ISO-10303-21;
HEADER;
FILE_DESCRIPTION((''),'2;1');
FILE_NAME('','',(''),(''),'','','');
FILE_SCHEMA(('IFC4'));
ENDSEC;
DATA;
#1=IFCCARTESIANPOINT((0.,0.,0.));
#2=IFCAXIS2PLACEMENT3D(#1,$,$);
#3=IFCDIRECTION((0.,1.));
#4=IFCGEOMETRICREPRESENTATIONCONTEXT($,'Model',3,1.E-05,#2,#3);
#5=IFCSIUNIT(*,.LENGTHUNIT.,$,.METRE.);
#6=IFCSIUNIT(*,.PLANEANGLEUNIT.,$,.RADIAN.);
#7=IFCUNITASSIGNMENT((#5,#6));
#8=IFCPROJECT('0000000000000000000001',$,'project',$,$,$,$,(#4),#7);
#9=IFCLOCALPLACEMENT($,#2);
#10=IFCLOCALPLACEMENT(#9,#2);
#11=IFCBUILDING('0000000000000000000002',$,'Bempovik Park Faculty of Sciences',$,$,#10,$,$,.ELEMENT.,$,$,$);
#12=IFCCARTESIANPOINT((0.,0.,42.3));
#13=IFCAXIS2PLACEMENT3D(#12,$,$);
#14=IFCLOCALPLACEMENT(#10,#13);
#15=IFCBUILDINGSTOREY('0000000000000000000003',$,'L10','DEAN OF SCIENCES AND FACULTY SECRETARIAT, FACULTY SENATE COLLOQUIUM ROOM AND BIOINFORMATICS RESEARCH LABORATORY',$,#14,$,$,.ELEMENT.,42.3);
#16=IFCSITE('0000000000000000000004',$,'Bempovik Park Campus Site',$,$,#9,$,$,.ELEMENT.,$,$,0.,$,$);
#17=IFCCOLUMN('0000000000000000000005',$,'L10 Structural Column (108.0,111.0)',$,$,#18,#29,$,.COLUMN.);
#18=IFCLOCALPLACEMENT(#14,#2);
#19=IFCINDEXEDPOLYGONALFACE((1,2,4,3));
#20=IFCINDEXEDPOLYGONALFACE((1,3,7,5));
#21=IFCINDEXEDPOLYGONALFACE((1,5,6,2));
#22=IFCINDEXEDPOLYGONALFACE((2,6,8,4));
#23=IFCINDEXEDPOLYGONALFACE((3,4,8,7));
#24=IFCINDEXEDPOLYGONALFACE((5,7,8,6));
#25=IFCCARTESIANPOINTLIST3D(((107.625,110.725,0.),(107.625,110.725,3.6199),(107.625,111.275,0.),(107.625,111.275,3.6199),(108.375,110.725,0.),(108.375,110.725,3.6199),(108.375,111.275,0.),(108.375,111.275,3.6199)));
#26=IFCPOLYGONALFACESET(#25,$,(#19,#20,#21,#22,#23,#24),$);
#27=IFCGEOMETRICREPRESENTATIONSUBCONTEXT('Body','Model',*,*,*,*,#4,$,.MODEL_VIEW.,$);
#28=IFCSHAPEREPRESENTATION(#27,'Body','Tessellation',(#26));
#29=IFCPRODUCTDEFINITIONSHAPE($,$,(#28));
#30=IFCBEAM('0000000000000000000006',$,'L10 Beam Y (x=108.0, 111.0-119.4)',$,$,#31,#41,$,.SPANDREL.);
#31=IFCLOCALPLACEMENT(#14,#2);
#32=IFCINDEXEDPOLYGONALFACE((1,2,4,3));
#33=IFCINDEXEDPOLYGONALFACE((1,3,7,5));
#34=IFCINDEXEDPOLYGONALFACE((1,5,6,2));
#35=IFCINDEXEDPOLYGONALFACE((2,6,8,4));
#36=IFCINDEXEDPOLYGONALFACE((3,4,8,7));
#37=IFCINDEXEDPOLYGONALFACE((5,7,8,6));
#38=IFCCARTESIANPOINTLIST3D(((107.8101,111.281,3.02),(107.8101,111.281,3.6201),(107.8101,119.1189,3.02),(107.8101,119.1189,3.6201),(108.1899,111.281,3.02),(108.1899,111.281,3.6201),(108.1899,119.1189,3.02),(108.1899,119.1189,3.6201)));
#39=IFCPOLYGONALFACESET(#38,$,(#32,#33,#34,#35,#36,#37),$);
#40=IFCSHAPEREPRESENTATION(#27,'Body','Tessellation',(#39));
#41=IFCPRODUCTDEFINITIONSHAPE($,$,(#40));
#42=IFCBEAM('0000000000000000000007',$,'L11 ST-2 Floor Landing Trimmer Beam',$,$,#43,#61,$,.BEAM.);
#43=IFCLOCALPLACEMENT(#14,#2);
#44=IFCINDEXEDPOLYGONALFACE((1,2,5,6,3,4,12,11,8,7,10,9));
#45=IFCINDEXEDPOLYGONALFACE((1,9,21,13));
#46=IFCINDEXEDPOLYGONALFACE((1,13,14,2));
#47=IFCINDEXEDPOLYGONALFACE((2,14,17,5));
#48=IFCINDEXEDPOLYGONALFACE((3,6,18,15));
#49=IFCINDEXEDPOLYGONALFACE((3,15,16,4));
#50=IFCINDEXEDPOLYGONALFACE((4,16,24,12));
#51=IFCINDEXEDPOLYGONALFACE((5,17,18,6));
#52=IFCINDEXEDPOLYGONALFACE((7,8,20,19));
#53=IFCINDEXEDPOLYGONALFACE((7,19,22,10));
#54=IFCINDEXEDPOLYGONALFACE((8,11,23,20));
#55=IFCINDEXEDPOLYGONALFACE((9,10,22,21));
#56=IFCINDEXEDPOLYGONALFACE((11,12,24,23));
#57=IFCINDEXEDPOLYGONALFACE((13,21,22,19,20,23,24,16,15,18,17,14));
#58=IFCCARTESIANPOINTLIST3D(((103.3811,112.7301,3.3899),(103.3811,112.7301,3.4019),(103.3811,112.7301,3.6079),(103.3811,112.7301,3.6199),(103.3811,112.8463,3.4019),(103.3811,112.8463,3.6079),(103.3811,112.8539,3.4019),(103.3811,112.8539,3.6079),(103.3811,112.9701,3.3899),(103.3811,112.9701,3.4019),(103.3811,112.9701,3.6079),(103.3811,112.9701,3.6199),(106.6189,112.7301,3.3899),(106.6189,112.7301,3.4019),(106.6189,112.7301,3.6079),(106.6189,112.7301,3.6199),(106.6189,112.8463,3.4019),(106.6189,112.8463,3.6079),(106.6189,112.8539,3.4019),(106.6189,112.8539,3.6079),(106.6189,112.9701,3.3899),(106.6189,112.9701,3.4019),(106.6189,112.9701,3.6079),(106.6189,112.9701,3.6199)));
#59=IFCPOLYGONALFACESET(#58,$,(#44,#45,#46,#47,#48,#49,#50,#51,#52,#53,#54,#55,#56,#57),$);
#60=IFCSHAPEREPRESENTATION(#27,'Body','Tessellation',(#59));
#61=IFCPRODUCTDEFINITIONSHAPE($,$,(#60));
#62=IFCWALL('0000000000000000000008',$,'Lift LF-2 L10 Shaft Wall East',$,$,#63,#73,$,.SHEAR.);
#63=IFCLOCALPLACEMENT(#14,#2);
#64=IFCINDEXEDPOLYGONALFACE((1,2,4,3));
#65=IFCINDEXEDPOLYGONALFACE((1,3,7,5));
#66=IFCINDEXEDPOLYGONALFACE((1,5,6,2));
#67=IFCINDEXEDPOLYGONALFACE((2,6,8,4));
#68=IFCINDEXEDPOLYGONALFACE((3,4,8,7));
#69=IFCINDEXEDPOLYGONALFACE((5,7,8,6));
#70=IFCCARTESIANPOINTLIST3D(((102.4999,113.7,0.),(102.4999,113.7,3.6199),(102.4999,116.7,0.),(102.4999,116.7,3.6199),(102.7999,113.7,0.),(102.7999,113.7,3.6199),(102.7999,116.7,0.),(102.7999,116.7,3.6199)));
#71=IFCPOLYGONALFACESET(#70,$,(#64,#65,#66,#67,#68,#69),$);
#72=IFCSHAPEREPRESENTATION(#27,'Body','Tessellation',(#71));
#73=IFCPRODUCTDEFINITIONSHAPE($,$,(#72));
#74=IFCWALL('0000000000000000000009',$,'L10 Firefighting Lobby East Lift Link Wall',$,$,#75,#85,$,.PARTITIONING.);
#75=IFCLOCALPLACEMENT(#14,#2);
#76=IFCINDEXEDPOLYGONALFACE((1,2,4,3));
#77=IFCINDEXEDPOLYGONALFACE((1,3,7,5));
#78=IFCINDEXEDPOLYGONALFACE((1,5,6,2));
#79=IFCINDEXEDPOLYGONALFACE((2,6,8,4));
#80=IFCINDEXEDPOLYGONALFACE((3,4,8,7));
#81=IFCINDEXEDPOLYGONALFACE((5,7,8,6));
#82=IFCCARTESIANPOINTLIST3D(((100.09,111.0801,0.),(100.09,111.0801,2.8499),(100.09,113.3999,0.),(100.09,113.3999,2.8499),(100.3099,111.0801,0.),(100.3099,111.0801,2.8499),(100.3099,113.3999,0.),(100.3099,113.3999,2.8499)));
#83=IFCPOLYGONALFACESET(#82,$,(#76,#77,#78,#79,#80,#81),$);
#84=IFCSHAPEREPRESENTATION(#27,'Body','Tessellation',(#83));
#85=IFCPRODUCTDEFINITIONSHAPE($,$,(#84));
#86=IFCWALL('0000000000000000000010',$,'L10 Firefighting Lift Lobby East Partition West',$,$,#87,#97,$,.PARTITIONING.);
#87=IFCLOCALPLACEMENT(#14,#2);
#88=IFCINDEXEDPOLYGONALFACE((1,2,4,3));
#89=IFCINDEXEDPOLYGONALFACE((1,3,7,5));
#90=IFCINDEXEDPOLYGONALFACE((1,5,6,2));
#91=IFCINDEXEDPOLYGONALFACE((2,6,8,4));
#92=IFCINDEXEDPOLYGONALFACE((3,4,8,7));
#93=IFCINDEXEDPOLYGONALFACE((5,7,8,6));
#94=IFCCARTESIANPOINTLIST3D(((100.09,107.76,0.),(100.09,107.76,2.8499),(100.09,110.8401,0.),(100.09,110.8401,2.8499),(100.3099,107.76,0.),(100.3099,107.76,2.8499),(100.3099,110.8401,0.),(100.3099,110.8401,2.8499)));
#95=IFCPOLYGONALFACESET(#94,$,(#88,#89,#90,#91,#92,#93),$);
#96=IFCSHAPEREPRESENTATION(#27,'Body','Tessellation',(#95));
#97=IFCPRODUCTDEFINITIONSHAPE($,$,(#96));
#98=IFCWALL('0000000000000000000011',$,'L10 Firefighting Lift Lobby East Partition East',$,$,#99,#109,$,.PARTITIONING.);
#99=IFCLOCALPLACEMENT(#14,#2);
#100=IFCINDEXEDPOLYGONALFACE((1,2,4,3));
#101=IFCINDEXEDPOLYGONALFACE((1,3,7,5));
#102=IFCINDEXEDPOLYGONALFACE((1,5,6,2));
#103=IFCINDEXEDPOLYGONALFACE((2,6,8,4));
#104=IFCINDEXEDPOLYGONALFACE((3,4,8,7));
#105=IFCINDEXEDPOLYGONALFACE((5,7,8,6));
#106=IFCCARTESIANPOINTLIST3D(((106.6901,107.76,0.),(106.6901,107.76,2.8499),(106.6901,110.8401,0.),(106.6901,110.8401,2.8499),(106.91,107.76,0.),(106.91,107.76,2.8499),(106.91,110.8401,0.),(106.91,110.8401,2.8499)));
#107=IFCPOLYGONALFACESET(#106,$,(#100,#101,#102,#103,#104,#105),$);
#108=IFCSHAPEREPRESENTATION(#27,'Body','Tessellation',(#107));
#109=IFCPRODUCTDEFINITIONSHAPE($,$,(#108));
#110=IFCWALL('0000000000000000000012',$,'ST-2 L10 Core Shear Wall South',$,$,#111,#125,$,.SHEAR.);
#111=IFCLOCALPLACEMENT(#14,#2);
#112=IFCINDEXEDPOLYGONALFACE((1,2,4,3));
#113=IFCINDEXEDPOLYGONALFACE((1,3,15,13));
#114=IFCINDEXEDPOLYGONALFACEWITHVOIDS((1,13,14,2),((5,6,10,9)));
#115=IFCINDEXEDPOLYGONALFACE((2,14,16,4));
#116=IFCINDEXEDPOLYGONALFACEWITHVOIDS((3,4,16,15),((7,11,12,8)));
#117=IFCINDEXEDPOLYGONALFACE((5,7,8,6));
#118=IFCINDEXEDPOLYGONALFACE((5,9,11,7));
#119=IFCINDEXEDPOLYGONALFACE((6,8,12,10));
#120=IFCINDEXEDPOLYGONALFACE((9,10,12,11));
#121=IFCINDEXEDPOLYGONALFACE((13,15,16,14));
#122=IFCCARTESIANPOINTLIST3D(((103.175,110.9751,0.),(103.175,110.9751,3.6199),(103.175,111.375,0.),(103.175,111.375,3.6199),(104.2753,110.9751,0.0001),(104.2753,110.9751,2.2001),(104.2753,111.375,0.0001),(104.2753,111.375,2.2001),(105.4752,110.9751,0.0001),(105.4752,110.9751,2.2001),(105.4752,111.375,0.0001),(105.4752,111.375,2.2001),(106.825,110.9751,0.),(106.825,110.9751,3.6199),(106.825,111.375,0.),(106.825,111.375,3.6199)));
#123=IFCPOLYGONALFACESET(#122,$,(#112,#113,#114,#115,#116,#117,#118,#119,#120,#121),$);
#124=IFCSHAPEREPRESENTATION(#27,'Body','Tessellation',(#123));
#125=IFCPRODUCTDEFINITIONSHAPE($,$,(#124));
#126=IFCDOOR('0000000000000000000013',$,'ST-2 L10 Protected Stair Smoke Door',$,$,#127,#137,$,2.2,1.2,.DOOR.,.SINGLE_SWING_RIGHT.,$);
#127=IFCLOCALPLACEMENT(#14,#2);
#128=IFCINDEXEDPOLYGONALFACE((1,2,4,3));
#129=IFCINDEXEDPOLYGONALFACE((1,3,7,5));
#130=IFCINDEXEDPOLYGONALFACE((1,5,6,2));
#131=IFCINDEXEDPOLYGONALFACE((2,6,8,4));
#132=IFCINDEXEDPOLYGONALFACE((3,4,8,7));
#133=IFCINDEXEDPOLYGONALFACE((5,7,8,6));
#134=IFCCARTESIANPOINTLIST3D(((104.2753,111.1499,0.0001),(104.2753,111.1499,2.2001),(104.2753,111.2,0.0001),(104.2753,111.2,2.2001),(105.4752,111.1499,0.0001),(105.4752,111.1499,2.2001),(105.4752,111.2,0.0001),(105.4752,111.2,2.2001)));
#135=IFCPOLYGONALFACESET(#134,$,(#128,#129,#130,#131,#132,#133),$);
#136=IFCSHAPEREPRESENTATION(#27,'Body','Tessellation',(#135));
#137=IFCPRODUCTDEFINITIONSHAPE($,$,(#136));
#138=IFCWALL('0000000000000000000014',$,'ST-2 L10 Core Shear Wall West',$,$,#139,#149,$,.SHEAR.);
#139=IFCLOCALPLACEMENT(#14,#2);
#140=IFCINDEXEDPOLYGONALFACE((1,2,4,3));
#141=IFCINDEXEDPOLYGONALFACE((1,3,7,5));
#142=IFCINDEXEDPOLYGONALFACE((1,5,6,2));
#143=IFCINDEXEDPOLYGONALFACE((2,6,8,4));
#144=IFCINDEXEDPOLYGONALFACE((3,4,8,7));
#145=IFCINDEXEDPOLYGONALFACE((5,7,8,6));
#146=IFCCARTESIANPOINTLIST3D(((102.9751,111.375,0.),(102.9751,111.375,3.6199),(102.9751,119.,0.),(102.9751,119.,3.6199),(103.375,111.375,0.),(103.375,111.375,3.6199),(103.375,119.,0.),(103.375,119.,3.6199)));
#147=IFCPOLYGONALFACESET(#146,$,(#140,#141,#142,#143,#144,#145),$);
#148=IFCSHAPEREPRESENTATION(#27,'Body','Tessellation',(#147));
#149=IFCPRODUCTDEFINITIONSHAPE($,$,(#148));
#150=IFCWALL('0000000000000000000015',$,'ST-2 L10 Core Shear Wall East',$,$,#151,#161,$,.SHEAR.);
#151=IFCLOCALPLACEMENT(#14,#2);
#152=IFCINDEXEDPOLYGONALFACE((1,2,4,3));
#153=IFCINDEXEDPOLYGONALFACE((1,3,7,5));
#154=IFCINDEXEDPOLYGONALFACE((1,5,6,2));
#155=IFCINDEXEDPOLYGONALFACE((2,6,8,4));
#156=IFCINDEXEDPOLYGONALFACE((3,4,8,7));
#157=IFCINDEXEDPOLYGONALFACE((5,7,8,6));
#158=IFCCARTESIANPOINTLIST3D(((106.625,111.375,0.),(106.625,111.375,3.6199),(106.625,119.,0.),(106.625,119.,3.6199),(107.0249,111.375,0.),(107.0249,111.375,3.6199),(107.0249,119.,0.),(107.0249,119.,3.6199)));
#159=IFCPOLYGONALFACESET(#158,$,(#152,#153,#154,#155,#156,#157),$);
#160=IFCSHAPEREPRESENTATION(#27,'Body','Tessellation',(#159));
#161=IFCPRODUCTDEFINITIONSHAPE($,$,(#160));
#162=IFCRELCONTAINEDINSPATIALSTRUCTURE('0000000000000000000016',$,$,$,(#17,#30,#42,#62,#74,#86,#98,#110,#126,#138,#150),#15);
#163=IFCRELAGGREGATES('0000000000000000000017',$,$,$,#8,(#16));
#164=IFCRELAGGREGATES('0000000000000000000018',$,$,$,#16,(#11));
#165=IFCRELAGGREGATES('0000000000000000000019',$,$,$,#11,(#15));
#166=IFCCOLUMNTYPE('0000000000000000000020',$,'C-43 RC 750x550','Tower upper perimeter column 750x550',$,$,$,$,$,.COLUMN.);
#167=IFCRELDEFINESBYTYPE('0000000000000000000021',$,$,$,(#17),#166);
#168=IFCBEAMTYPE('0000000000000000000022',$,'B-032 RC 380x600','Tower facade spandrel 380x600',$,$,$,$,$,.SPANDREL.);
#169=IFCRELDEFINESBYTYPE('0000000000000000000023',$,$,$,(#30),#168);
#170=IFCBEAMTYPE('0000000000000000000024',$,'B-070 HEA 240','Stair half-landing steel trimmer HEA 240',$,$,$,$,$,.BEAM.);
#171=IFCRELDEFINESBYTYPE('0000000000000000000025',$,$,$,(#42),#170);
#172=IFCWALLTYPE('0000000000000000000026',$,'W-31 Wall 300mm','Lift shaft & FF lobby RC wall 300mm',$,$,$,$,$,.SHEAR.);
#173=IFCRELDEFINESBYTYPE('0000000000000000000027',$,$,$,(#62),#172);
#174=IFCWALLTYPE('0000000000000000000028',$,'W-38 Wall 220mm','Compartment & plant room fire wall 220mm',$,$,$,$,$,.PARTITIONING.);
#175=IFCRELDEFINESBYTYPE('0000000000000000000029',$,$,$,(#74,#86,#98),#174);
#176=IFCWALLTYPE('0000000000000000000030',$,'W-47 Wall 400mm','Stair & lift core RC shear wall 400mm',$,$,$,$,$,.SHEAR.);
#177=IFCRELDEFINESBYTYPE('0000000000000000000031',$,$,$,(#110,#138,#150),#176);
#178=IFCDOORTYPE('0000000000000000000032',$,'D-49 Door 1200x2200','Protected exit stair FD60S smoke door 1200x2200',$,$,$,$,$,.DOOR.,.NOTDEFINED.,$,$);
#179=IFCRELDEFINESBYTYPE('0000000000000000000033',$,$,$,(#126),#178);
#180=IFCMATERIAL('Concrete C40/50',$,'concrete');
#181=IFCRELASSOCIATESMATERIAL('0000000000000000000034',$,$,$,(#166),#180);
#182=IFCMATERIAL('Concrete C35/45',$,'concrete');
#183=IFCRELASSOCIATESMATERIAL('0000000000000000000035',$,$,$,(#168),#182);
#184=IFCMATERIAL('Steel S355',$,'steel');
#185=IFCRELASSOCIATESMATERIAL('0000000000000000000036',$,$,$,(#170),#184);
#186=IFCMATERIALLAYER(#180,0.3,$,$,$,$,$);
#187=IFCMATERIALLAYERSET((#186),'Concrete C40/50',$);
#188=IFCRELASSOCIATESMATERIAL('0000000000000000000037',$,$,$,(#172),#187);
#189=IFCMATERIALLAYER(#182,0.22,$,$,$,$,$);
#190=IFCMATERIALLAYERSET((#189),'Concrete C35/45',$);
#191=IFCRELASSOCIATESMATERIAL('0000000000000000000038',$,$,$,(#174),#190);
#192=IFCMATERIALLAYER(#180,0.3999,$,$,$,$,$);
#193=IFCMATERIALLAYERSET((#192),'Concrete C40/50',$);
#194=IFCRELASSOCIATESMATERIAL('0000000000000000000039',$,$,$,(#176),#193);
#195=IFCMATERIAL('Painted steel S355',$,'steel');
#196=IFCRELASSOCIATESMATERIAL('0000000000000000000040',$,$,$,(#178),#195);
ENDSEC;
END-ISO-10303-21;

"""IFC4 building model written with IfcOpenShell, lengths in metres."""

from ifc_helpers import new_model, si_unit, direction, frame, frame_2d, origin, origin_2d, place, context, subcontext, project, spatial, rectangle, i_section, extrude, material, layer, layer_set, material_profile, profile_set, type_object, element, fill, save


model = new_model("IFC4")

# Units and contexts
model_context = context("Model", 3, precision=1e-05, world=origin(), true_north=direction((0.0, 1.0)))
body_context = subcontext(model_context, "Body", "Model", "MODEL_VIEW")
ifc_project = project(units=[si_unit("LENGTHUNIT", "METRE"), si_unit("PLANEANGLEUNIT", "RADIAN")], contexts=[model_context])

# Site, building, storey
site_placement = place(None, origin())
site = spatial("IfcSite", under=ifc_project, at=site_placement, Name="Bempovik Park Campus Site", CompositionType="ELEMENT", RefElevation=0.0)
building_placement = place(site_placement, origin())
building = spatial("IfcBuilding", under=site, at=building_placement, Name="Bempovik Park Faculty of Sciences", CompositionType="ELEMENT")
storey_placement = place(building_placement, frame((0.0, 0.0, 42.3)))
storey = spatial("IfcBuildingStorey", under=building, at=storey_placement, Name="L10", Description="DEAN OF SCIENCES AND FACULTY SECRETARIAT, FACULTY SENATE COLLOQUIUM ROOM AND BIOINFORMATICS RESEARCH LABORATORY", CompositionType="ELEMENT", Elevation=42.3)

# Column
ifc_material_1 = material(Name="Concrete C40/50", Category="concrete")
ifc_material_profile_1 = material_profile(ifc_material_1, rectangle(XDim=0.75, YDim=0.55, at=origin_2d()), Name="RC 750x550")
ifc_profile_set_1 = profile_set([ifc_material_profile_1], Name="Concrete C40/50")
column_type = type_object("IfcColumnType", Name="C-43 RC 750x550", Description="Tower upper perimeter column 750x550", PredefinedType="COLUMN", material=ifc_profile_set_1)
column_placement = place(storey_placement, frame((108.0, 111.0, 0.0), z_axis=(0.0, 0.0, 1.0), x_axis=(1.0, 0.0, 0.0)))
element("IfcColumn", 1, at=column_placement, inside=storey, type_object=column_type, Name="L10 Structural Column (108.0,111.0)", PredefinedType="COLUMN", context=body_context, shape_type="SweptSolid", body=[
    extrude(rectangle(XDim=0.75, YDim=0.55, at=origin_2d()), origin(), (0.0, 0.0, 1.0), 3.6199),
])

# Beams
ifc_material_2 = material(Name="Concrete C35/45", Category="concrete")
ifc_material_profile_2 = material_profile(ifc_material_2, rectangle(XDim=0.3799, YDim=0.6001, at=origin_2d()), Name="RC 380x600")
ifc_profile_set_2 = profile_set([ifc_material_profile_2], Name="Concrete C35/45")
beam_type_1 = type_object("IfcBeamType", Name="B-032 RC 380x600", Description="Tower facade spandrel 380x600", PredefinedType="SPANDREL", material=ifc_profile_set_2)
beam_1_placement = place(storey_placement, frame((108.0, 111.281, 3.3201), z_axis=(0.0, 1.0, 0.0), x_axis=(-1.0, 0.0, 0.0)))
element("IfcBeam", 2, at=beam_1_placement, inside=storey, type_object=beam_type_1, Name="L10 Beam Y (x=108.0, 111.0-119.4)", PredefinedType="SPANDREL", context=body_context, shape_type="SweptSolid", body=[
    extrude(rectangle(XDim=0.3799, YDim=0.6001, at=origin_2d()), origin(), (0.0, 0.0, 1.0), 7.8379),
])
ifc_material_3 = material(Name="Steel S355", Category="steel")
ifc_material_profile_3 = material_profile(ifc_material_3, i_section(OverallWidth=0.24, OverallDepth=0.23, WebThickness=0.0076, FlangeThickness=0.012, at=origin_2d()), Name="HEA 240")
ifc_profile_set_3 = profile_set([ifc_material_profile_3], Name="Steel S355")
beam_type_2 = type_object("IfcBeamType", Name="B-070 HEA 240", Description="Stair half-landing steel trimmer HEA 240", PredefinedType="BEAM", material=ifc_profile_set_3)
beam_2_placement = place(storey_placement, frame((103.3811, 112.8501, 3.5049), z_axis=(1.0, 0.0, 0.0), x_axis=(0.0, 1.0, 0.0)))
element("IfcBeam", 3, at=beam_2_placement, inside=storey, type_object=beam_type_2, Name="L11 ST-2 Floor Landing Trimmer Beam", PredefinedType="BEAM", context=body_context, shape_type="SweptSolid", body=[
    extrude(i_section(OverallWidth=0.24, OverallDepth=0.23, WebThickness=0.0076, FlangeThickness=0.012, at=origin_2d()), origin(), (0.0, 0.0, 1.0), 3.2378),
])

# Walls
ifc_layer_1 = layer(ifc_material_1, 0.3)
ifc_layer_set_1 = layer_set([ifc_layer_1], Name="Concrete C40/50")
wall_type_1 = type_object("IfcWallType", Name="W-31 Wall 300mm", Description="Lift shaft & FF lobby RC wall 300mm", PredefinedType="SHEAR", material=ifc_layer_set_1)
wall_1_placement = place(storey_placement, frame((102.6499, 113.7, 0.0), z_axis=(0.0, 0.0, 1.0), x_axis=(0.0, 1.0, 0.0)))
element("IfcWall", 4, at=wall_1_placement, inside=storey, type_object=wall_type_1, Name="Lift LF-2 L10 Shaft Wall East", PredefinedType="SHEAR", context=body_context, shape_type="SweptSolid", body=[
    extrude(rectangle(XDim=3.0, YDim=0.3, at=frame_2d((1.5, 0.0))), origin(), (0.0, 0.0, 1.0), 3.6199),
])
ifc_layer_2 = layer(ifc_material_2, 0.22)
ifc_layer_set_2 = layer_set([ifc_layer_2], Name="Concrete C35/45")
wall_type_2 = type_object("IfcWallType", Name="W-38 Wall 220mm", Description="Compartment & plant room fire wall 220mm", PredefinedType="PARTITIONING", material=ifc_layer_set_2)
wall_2_placement = place(storey_placement, frame((100.2, 111.0801, 0.0), z_axis=(0.0, 0.0, 1.0), x_axis=(0.0, 1.0, 0.0)))
element("IfcWall", 5, at=wall_2_placement, inside=storey, type_object=wall_type_2, Name="L10 Firefighting Lobby East Lift Link Wall", PredefinedType="PARTITIONING", context=body_context, shape_type="SweptSolid", body=[
    extrude(rectangle(XDim=2.3198, YDim=0.22, at=frame_2d((1.1599, 0.0))), origin(), (0.0, 0.0, 1.0), 2.8499),
])
for number, where, z_axis, x_axis, name in (
    (6, (100.2, 107.76, 0.0), (0.0, 0.0, 1.0), (0.0, 1.0, 0.0), "L10 Firefighting Lift Lobby East Partition West"),
    (7, (106.8, 107.76, 0.0), (0.0, 0.0, 1.0), (0.0, 1.0, 0.0), "L10 Firefighting Lift Lobby East Partition East"),
):
    element("IfcWall", number, at=place(storey_placement, frame(where, z_axis=z_axis, x_axis=x_axis)), inside=storey, type_object=wall_type_2, Name=name, PredefinedType="PARTITIONING", context=body_context, shape_type="SweptSolid", body=[
        extrude(rectangle(XDim=3.0801, YDim=0.22, at=frame_2d((1.54, 0.0))), origin(), (0.0, 0.0, 1.0), 2.8499),
    ])

# Wall, opening, door
ifc_layer_3 = layer(ifc_material_1, 0.3999)
ifc_layer_set_3 = layer_set([ifc_layer_3], Name="Concrete C40/50")
wall_type_3 = type_object("IfcWallType", Name="W-47 Wall 400mm", Description="Stair & lift core RC shear wall 400mm", PredefinedType="SHEAR", material=ifc_layer_set_3)
wall_3_placement = place(storey_placement, frame((103.175, 111.175, 0.0), z_axis=(0.0, 0.0, 1.0), x_axis=(1.0, 0.0, 0.0)))
wall_3 = element("IfcWall", 8, at=wall_3_placement, inside=storey, type_object=wall_type_3, Name="ST-2 L10 Core Shear Wall South", PredefinedType="SHEAR", context=body_context, shape_type="SweptSolid", body=[
    extrude(rectangle(XDim=3.6499, YDim=0.3999, at=frame_2d((1.825, 0.0))), origin(), (0.0, 0.0, 1.0), 3.6199),
])
opening_1_placement = place(wall_3_placement, frame((1.1001, 0.0, 0.0)))
opening_1 = element("IfcOpeningElement", 9, at=opening_1_placement, cuts=wall_3, PredefinedType="OPENING", context=body_context, shape_type="SweptSolid", body=[
    extrude(rectangle(XDim=1.2, YDim=2.2, at=frame_2d((0.6001, 1.1001))), frame((0.0, 0.21, 0.0), z_axis=(0.0, -1.0, 0.0), x_axis=(1.0, 0.0, 0.0)), (0.0, 0.0, 1.0), 0.4199),
])
ifc_material_4 = material(Name="Painted steel S355", Category="steel")
door_type = type_object("IfcDoorType", Name="D-49 Door 1200x2200", Description="Protected exit stair FD60S smoke door 1200x2200", OperationType="NOTDEFINED", PredefinedType="DOOR", material=ifc_material_4)
door_placement = place(opening_1_placement, origin())
door = element("IfcDoor", 10, at=door_placement, inside=storey, type_object=door_type, Name="ST-2 L10 Protected Stair Smoke Door", OperationType="SINGLE_SWING_RIGHT", OverallHeight=2.2, OverallWidth=1.2, PredefinedType="DOOR", context=body_context, shape_type="SweptSolid", body=[
    extrude(rectangle(XDim=1.2, YDim=2.2, at=frame_2d((0.6001, 1.1001))), frame((0.0, 0.0249, 0.0), z_axis=(0.0, -1.0, 0.0), x_axis=(1.0, 0.0, 0.0)), (0.0, 0.0, 1.0), 0.05),
])
fill(opening_1, door)

# Walls
for number, where, z_axis, x_axis, name in (
    (11, (103.175, 111.375, 0.0), (0.0, 0.0, 1.0), (0.0, 1.0, 0.0), "ST-2 L10 Core Shear Wall West"),
    (12, (106.825, 111.375, 0.0), (0.0, 0.0, 1.0), (0.0, 1.0, 0.0), "ST-2 L10 Core Shear Wall East"),
):
    element("IfcWall", number, at=place(storey_placement, frame(where, z_axis=z_axis, x_axis=x_axis)), inside=storey, type_object=wall_type_3, Name=name, PredefinedType="SHEAR", context=body_context, shape_type="SweptSolid", body=[
        extrude(rectangle(XDim=7.625, YDim=0.3999, at=frame_2d((3.8125, 0.0))), origin(), (0.0, 0.0, 1.0), 3.6199),
    ])

save(model, "model.ifc")
